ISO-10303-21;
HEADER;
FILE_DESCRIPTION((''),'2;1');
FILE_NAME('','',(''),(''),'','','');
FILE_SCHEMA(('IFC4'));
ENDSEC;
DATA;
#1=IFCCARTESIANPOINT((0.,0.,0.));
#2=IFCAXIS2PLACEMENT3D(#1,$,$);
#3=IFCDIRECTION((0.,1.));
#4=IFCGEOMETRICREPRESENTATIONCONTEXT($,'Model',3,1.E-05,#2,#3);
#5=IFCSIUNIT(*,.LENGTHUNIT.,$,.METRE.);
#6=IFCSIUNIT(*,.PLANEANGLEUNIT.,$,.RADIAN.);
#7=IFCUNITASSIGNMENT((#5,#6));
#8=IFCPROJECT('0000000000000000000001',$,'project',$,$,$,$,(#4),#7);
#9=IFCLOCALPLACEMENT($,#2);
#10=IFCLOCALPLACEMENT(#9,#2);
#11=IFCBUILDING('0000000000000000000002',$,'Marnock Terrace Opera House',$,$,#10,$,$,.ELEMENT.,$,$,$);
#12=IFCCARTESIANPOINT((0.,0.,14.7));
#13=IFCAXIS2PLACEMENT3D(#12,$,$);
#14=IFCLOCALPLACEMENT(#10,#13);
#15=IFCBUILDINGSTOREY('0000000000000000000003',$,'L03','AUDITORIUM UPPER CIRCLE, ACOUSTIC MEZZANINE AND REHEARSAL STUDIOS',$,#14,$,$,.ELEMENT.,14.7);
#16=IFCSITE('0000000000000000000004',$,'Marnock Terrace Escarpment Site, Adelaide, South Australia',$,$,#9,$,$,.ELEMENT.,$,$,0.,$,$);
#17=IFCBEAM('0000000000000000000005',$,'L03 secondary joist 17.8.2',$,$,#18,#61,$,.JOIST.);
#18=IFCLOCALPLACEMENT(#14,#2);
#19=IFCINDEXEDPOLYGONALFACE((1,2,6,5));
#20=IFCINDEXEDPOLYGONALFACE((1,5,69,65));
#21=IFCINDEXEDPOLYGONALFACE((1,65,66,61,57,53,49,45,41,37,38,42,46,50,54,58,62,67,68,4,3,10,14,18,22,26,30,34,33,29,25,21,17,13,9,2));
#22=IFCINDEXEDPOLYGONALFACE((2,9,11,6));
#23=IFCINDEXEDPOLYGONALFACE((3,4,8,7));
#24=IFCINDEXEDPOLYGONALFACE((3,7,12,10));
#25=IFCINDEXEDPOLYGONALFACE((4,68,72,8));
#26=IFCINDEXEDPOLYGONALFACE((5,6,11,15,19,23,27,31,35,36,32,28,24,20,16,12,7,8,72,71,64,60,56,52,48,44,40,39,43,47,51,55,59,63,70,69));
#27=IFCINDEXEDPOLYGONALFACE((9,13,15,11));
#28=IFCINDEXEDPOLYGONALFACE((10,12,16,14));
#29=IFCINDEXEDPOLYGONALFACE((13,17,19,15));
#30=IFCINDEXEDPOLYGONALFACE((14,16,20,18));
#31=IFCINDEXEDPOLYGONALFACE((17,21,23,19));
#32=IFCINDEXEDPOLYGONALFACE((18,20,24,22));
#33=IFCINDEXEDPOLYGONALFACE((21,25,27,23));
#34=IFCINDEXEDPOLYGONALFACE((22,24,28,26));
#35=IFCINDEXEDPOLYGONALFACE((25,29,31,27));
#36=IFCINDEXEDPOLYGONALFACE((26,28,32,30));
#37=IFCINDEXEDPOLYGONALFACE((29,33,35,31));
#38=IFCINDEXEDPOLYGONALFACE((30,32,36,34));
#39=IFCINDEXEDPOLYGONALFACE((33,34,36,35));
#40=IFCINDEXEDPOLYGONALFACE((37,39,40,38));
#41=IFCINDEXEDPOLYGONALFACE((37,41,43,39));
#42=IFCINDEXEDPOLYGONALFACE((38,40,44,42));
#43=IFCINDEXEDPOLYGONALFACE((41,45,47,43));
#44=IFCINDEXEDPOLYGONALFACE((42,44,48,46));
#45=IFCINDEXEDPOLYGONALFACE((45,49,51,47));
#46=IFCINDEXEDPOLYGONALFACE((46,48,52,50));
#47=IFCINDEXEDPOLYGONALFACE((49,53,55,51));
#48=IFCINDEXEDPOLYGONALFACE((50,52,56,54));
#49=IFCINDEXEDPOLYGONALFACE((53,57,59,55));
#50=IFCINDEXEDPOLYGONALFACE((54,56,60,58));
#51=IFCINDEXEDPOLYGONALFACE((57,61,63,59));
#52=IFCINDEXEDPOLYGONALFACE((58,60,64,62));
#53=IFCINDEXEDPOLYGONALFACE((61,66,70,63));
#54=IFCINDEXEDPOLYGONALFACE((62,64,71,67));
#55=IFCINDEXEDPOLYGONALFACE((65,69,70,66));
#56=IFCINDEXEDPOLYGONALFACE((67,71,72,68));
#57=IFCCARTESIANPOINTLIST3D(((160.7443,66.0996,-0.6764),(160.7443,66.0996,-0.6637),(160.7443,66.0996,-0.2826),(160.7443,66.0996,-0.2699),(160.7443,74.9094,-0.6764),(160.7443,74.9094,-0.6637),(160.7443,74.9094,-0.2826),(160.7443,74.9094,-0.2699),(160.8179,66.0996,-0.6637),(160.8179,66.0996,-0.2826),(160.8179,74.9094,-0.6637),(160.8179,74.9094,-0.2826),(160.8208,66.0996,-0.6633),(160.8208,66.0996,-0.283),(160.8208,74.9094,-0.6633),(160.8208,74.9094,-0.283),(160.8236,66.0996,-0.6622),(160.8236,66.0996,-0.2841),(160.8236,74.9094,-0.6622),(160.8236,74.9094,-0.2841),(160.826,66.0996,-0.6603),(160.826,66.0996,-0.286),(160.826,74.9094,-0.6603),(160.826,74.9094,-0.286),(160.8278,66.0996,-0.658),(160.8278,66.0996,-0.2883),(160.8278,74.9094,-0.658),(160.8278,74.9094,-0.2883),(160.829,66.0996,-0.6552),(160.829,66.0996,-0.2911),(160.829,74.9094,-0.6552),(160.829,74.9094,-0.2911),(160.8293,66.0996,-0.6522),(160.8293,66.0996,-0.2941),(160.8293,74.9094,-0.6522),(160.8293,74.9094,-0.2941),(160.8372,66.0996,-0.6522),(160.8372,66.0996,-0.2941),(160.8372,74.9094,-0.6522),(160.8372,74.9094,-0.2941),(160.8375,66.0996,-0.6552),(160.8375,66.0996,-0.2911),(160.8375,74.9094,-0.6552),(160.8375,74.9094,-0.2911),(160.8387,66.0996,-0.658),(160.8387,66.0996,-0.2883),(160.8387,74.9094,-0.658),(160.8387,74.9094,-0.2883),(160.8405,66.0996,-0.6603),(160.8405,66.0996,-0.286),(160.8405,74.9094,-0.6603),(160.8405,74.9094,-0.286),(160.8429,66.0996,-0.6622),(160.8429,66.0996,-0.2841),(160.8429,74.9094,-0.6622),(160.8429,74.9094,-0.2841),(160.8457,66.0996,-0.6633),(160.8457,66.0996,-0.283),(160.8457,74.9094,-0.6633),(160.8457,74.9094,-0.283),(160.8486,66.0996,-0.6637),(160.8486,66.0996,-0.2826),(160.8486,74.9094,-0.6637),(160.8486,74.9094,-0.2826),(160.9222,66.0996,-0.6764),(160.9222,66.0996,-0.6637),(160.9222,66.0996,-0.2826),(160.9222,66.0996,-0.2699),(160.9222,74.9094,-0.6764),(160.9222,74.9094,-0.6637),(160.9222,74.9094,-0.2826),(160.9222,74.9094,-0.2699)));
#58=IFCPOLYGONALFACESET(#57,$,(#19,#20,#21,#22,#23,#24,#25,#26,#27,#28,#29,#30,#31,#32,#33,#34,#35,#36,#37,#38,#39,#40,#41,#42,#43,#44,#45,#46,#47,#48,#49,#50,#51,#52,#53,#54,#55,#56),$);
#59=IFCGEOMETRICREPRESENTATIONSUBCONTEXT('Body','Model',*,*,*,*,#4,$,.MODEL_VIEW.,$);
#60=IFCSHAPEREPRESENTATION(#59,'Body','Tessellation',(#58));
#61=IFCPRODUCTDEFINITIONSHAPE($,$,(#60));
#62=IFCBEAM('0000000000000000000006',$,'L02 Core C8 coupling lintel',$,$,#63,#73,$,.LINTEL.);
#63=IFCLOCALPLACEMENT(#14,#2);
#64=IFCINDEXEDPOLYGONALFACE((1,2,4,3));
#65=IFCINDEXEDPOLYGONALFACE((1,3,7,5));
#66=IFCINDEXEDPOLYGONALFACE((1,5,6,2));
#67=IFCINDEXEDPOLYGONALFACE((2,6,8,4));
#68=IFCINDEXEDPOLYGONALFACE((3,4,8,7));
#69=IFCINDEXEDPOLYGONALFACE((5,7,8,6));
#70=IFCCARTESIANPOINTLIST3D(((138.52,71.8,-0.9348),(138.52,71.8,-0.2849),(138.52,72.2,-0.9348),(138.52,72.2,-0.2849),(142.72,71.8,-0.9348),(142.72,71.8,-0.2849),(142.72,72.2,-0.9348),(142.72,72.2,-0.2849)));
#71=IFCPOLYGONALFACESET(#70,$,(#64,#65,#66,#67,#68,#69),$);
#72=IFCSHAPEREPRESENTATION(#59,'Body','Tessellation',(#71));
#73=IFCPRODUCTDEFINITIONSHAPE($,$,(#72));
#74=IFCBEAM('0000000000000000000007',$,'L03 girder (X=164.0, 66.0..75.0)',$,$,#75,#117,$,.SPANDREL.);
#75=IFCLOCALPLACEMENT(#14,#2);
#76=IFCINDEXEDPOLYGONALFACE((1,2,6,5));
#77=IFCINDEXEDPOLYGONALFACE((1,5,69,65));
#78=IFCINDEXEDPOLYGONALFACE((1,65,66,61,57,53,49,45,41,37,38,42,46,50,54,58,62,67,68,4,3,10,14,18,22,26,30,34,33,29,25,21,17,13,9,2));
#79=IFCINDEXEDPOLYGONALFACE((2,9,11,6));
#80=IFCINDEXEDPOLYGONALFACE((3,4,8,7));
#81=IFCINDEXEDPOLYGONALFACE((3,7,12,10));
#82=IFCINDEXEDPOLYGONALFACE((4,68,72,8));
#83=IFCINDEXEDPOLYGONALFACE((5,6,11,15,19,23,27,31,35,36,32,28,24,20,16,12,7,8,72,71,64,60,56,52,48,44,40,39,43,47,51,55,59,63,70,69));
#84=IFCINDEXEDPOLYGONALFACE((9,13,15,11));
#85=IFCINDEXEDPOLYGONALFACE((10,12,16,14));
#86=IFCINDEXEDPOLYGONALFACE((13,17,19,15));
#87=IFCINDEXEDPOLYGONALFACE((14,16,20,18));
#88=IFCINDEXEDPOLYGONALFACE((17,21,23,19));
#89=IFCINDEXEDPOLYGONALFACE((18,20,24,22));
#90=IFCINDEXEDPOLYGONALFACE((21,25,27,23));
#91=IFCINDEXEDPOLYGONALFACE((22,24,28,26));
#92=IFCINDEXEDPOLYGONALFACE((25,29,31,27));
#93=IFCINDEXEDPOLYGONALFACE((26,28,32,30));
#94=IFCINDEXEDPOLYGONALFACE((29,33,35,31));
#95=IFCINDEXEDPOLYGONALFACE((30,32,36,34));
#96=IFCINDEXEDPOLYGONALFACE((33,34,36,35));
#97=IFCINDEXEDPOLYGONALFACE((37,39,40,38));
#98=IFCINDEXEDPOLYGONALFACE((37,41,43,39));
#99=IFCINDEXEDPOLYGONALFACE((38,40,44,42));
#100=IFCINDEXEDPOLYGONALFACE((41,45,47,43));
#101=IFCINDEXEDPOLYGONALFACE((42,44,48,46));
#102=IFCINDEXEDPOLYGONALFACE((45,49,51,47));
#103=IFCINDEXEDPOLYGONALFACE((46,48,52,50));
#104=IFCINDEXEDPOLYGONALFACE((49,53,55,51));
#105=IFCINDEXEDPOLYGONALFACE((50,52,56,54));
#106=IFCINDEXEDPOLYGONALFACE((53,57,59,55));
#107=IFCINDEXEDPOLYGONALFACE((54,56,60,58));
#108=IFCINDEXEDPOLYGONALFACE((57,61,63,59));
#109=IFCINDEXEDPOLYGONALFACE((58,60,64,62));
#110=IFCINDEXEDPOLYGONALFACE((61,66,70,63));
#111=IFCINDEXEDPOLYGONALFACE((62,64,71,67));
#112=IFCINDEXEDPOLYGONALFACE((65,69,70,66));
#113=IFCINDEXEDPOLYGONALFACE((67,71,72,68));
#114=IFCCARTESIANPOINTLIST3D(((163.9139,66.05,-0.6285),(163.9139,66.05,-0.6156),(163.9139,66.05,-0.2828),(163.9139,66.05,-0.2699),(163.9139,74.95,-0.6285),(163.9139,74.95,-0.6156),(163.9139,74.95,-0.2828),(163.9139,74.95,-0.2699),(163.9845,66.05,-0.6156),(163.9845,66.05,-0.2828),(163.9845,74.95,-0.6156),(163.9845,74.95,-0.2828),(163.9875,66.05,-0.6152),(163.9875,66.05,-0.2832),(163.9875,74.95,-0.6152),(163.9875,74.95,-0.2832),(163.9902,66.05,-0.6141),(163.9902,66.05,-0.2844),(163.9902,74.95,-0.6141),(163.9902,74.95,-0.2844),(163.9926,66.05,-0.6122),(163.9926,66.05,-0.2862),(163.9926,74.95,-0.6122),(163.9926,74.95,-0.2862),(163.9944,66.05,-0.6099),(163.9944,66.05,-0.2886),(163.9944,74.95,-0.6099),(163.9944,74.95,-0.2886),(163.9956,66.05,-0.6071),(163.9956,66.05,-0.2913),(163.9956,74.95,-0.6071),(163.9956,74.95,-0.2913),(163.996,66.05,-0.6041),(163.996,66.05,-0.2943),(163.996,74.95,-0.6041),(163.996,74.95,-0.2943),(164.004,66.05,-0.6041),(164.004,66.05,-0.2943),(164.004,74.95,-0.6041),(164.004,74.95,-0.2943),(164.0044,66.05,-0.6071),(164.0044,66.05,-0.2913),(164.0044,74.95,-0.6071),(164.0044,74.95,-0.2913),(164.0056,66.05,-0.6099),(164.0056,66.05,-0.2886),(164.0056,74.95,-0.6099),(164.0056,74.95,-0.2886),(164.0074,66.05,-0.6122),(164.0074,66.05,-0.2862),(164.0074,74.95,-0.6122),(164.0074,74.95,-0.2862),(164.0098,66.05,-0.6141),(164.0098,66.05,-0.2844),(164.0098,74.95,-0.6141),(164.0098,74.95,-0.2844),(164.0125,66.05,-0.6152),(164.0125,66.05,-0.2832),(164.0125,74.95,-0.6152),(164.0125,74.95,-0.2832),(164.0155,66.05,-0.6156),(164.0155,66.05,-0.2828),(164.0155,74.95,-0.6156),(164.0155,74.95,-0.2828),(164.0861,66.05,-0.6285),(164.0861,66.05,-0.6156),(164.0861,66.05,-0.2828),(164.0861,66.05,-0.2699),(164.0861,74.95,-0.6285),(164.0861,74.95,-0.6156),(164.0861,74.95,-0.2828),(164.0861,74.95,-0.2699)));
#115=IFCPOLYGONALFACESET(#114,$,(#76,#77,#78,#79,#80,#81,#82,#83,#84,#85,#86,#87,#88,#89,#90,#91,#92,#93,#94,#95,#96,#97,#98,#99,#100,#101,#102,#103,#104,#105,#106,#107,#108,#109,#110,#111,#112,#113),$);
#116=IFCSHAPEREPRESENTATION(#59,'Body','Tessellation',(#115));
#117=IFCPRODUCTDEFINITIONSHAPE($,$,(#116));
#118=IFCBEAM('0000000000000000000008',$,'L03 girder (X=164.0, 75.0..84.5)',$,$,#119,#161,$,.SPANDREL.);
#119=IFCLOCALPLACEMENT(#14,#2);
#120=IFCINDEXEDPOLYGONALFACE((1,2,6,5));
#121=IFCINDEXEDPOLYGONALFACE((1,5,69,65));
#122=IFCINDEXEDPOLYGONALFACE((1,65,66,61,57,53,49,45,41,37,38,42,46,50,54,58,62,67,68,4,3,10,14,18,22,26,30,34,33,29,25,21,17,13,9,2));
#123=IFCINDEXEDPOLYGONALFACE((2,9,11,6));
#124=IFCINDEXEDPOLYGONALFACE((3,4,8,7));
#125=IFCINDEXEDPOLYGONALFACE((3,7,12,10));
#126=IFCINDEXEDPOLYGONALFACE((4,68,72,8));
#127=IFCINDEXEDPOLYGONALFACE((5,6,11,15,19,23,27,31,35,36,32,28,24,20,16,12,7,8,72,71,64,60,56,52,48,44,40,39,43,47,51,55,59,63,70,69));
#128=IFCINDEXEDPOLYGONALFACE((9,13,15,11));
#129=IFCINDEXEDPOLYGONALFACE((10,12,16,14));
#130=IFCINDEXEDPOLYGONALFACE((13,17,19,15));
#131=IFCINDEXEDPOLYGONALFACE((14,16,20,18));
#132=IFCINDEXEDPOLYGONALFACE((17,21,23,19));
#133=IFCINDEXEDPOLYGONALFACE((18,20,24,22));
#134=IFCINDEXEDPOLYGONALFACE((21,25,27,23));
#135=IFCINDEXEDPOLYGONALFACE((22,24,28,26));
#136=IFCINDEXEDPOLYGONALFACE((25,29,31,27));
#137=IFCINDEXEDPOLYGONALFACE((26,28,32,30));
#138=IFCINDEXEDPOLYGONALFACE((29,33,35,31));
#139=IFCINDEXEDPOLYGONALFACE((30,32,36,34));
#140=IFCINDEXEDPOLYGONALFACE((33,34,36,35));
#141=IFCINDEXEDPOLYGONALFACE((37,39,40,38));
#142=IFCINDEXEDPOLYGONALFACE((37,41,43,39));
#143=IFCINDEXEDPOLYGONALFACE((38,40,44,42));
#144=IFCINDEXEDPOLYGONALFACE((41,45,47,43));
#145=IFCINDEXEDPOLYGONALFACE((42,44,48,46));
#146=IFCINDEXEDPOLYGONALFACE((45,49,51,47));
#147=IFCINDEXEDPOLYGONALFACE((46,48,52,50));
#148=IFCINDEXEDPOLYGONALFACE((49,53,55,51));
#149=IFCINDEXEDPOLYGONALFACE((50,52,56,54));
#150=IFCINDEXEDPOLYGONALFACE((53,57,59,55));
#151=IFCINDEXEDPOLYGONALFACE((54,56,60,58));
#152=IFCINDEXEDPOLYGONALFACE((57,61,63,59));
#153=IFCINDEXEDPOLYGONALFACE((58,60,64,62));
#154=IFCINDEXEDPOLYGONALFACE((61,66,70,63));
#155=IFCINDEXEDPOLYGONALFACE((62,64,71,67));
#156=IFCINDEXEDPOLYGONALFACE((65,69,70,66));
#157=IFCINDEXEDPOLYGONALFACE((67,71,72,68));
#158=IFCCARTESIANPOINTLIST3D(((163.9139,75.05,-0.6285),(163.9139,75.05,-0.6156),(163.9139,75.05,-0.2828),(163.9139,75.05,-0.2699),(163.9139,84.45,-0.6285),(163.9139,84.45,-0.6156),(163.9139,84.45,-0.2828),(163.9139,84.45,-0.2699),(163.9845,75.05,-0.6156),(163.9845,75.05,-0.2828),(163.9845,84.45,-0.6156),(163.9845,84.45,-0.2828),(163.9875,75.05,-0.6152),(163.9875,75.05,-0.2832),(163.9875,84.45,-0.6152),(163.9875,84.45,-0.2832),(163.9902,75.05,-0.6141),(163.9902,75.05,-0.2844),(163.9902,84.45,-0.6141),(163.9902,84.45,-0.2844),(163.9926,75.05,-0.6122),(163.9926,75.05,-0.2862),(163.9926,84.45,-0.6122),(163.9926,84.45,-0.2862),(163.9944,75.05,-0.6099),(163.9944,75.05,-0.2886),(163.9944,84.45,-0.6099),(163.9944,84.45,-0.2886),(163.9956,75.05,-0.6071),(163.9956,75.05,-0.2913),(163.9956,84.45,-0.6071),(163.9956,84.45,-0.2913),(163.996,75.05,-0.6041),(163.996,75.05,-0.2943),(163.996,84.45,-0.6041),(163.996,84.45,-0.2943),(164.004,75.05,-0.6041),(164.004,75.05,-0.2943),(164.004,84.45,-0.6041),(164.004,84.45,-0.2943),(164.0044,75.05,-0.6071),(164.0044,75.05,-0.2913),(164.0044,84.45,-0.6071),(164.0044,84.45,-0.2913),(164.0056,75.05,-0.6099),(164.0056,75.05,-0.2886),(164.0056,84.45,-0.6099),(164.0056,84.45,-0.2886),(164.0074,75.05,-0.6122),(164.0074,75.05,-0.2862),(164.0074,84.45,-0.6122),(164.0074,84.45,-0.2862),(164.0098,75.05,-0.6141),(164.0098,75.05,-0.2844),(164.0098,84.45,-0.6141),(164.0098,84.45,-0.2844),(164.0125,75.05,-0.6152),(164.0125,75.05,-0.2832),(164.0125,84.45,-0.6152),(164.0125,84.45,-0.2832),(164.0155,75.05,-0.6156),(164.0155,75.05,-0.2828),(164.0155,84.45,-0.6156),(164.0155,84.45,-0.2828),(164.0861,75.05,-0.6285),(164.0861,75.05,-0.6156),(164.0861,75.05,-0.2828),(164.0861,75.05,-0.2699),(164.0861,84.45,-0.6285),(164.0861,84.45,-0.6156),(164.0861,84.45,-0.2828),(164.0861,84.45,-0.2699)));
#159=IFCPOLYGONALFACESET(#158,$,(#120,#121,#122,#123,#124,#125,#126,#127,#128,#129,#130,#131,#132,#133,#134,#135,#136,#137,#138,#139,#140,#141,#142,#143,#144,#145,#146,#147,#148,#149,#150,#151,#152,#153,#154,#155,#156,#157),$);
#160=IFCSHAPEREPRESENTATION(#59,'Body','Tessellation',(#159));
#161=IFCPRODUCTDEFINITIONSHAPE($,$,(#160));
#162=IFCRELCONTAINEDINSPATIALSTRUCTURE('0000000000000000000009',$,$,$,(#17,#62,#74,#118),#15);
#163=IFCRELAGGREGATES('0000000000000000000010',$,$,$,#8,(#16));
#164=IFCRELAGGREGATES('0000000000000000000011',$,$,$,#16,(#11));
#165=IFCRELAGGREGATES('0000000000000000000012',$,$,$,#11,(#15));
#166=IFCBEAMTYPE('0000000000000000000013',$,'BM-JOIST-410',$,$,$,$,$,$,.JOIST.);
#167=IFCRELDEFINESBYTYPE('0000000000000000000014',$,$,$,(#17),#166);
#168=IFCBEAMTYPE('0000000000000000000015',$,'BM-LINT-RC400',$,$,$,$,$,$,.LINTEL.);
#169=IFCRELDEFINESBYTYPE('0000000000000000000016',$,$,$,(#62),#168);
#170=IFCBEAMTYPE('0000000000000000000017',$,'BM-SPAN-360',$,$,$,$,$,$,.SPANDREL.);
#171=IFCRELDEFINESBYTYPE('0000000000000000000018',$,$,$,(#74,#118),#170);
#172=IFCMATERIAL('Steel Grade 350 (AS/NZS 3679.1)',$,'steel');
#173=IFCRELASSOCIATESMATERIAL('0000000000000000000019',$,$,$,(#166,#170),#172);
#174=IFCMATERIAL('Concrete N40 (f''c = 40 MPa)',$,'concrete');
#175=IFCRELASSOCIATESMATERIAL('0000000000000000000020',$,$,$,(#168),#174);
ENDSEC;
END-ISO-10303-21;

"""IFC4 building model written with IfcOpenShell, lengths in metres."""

from ifc_helpers import new_model, si_unit, direction, frame, origin, origin_2d, place, context, subcontext, project, spatial, rectangle, i_section, extrude, material, material_profile, profile_set, type_object, element, save


model = new_model("IFC4")

# Units and contexts
model_context = context("Model", 3, precision=1e-05, world=origin(), true_north=direction((0.0, 1.0)))
body_context = subcontext(model_context, "Body", "Model", "MODEL_VIEW")
ifc_project = project(units=[si_unit("LENGTHUNIT", "METRE"), si_unit("PLANEANGLEUNIT", "RADIAN")], contexts=[model_context])

# Site, building, storey
site_placement = place(None, origin())
site = spatial("IfcSite", under=ifc_project, at=site_placement, Name="Marnock Terrace Escarpment Site, Adelaide, South Australia", CompositionType="ELEMENT", RefElevation=0.0)
building_placement = place(site_placement, origin())
building = spatial("IfcBuilding", under=site, at=building_placement, Name="Marnock Terrace Opera House", CompositionType="ELEMENT")
storey_placement = place(building_placement, frame((0.0, 0.0, 14.7)))
storey = spatial("IfcBuildingStorey", under=building, at=storey_placement, Name="L03", Description="AUDITORIUM UPPER CIRCLE, ACOUSTIC MEZZANINE AND REHEARSAL STUDIOS", CompositionType="ELEMENT", Elevation=14.7)

# Shared definitions
ifc_material_1 = material(Name="Concrete N40 (f'c = 40 MPa)", Category="concrete")

# Beams
ifc_material_2 = material(Name="Steel Grade 350 (AS/NZS 3679.1)", Category="steel")
ifc_material_profile_1 = material_profile(ifc_material_2, i_section(OverallWidth=0.178, OverallDepth=0.4065, WebThickness=0.0078, FlangeThickness=0.0127, FilletRadius=0.0115, at=origin_2d()))
ifc_profile_set_1 = profile_set([ifc_material_profile_1], Name="Steel Grade 350 (AS/NZS 3679.1)")
beam_type_1 = type_object("IfcBeamType", Name="BM-JOIST-410", PredefinedType="JOIST", material=ifc_profile_set_1)
for number, where, z_axis, x_axis, name in (
    (1, (160.8333, 66.0996, -0.4731), (0.0, 1.0, 0.0), (-1.0, 0.0, 0.0), "L03 secondary joist 17.8.2"),
):
    element("IfcBeam", number, at=place(storey_placement, frame(where, z_axis=z_axis, x_axis=x_axis)), inside=storey, type_object=beam_type_1, Name=name, PredefinedType="JOIST", context=body_context, shape_type="SweptSolid", body=[
        extrude(i_section(OverallWidth=0.178, OverallDepth=0.4065, WebThickness=0.0078, FlangeThickness=0.0127, FilletRadius=0.0115, at=origin_2d()), origin(), (0.0, 0.0, 1.0), 8.8098),
    ])
ifc_material_profile_2 = material_profile(ifc_material_1, rectangle(XDim=0.3999, YDim=0.6499, at=origin_2d()))
ifc_profile_set_2 = profile_set([ifc_material_profile_2], Name="Concrete N40 (f'c = 40 MPa)")
beam_type_2 = type_object("IfcBeamType", Name="BM-LINT-RC400", PredefinedType="LINTEL", material=ifc_profile_set_2)
beam_1_placement = place(storey_placement, frame((138.52, 72.0, -0.6099), z_axis=(1.0, 0.0, 0.0), x_axis=(0.0, 1.0, 0.0)))
element("IfcBeam", 2, at=beam_1_placement, inside=storey, type_object=beam_type_2, Name="L02 Core C8 coupling lintel", PredefinedType="LINTEL", context=body_context, shape_type="SweptSolid", body=[
    extrude(rectangle(XDim=0.3999, YDim=0.6499, at=origin_2d()), origin(), (0.0, 0.0, 1.0), 4.2),
])
ifc_material_profile_3 = material_profile(ifc_material_2, i_section(OverallWidth=0.1721, OverallDepth=0.3586, WebThickness=0.0081, FlangeThickness=0.0129, FilletRadius=0.0115, at=origin_2d()))
ifc_profile_set_3 = profile_set([ifc_material_profile_3], Name="Steel Grade 350 (AS/NZS 3679.1)")
beam_type_3 = type_object("IfcBeamType", Name="BM-SPAN-360", PredefinedType="SPANDREL", material=ifc_profile_set_3)
beam_2_placement = place(storey_placement, frame((164.0, 66.05, -0.4492), z_axis=(0.0, 1.0, 0.0), x_axis=(-1.0, 0.0, 0.0)))
element("IfcBeam", 3, at=beam_2_placement, inside=storey, type_object=beam_type_3, Name="L03 girder (X=164.0, 66.0..75.0)", PredefinedType="SPANDREL", context=body_context, shape_type="SweptSolid", body=[
    extrude(i_section(OverallWidth=0.1721, OverallDepth=0.3586, WebThickness=0.0081, FlangeThickness=0.0129, FilletRadius=0.0115, at=origin_2d()), origin(), (0.0, 0.0, 1.0), 8.8999),
])
beam_3_placement = place(storey_placement, frame((164.0, 75.05, -0.4492), z_axis=(0.0, 1.0, 0.0), x_axis=(-1.0, 0.0, 0.0)))
element("IfcBeam", 4, at=beam_3_placement, inside=storey, type_object=beam_type_3, Name="L03 girder (X=164.0, 75.0..84.5)", PredefinedType="SPANDREL", context=body_context, shape_type="SweptSolid", body=[
    extrude(i_section(OverallWidth=0.1721, OverallDepth=0.3586, WebThickness=0.0081, FlangeThickness=0.0129, FilletRadius=0.0115, at=origin_2d()), origin(), (0.0, 0.0, 1.0), 9.3999),
])

save(model, "model.ifc")
